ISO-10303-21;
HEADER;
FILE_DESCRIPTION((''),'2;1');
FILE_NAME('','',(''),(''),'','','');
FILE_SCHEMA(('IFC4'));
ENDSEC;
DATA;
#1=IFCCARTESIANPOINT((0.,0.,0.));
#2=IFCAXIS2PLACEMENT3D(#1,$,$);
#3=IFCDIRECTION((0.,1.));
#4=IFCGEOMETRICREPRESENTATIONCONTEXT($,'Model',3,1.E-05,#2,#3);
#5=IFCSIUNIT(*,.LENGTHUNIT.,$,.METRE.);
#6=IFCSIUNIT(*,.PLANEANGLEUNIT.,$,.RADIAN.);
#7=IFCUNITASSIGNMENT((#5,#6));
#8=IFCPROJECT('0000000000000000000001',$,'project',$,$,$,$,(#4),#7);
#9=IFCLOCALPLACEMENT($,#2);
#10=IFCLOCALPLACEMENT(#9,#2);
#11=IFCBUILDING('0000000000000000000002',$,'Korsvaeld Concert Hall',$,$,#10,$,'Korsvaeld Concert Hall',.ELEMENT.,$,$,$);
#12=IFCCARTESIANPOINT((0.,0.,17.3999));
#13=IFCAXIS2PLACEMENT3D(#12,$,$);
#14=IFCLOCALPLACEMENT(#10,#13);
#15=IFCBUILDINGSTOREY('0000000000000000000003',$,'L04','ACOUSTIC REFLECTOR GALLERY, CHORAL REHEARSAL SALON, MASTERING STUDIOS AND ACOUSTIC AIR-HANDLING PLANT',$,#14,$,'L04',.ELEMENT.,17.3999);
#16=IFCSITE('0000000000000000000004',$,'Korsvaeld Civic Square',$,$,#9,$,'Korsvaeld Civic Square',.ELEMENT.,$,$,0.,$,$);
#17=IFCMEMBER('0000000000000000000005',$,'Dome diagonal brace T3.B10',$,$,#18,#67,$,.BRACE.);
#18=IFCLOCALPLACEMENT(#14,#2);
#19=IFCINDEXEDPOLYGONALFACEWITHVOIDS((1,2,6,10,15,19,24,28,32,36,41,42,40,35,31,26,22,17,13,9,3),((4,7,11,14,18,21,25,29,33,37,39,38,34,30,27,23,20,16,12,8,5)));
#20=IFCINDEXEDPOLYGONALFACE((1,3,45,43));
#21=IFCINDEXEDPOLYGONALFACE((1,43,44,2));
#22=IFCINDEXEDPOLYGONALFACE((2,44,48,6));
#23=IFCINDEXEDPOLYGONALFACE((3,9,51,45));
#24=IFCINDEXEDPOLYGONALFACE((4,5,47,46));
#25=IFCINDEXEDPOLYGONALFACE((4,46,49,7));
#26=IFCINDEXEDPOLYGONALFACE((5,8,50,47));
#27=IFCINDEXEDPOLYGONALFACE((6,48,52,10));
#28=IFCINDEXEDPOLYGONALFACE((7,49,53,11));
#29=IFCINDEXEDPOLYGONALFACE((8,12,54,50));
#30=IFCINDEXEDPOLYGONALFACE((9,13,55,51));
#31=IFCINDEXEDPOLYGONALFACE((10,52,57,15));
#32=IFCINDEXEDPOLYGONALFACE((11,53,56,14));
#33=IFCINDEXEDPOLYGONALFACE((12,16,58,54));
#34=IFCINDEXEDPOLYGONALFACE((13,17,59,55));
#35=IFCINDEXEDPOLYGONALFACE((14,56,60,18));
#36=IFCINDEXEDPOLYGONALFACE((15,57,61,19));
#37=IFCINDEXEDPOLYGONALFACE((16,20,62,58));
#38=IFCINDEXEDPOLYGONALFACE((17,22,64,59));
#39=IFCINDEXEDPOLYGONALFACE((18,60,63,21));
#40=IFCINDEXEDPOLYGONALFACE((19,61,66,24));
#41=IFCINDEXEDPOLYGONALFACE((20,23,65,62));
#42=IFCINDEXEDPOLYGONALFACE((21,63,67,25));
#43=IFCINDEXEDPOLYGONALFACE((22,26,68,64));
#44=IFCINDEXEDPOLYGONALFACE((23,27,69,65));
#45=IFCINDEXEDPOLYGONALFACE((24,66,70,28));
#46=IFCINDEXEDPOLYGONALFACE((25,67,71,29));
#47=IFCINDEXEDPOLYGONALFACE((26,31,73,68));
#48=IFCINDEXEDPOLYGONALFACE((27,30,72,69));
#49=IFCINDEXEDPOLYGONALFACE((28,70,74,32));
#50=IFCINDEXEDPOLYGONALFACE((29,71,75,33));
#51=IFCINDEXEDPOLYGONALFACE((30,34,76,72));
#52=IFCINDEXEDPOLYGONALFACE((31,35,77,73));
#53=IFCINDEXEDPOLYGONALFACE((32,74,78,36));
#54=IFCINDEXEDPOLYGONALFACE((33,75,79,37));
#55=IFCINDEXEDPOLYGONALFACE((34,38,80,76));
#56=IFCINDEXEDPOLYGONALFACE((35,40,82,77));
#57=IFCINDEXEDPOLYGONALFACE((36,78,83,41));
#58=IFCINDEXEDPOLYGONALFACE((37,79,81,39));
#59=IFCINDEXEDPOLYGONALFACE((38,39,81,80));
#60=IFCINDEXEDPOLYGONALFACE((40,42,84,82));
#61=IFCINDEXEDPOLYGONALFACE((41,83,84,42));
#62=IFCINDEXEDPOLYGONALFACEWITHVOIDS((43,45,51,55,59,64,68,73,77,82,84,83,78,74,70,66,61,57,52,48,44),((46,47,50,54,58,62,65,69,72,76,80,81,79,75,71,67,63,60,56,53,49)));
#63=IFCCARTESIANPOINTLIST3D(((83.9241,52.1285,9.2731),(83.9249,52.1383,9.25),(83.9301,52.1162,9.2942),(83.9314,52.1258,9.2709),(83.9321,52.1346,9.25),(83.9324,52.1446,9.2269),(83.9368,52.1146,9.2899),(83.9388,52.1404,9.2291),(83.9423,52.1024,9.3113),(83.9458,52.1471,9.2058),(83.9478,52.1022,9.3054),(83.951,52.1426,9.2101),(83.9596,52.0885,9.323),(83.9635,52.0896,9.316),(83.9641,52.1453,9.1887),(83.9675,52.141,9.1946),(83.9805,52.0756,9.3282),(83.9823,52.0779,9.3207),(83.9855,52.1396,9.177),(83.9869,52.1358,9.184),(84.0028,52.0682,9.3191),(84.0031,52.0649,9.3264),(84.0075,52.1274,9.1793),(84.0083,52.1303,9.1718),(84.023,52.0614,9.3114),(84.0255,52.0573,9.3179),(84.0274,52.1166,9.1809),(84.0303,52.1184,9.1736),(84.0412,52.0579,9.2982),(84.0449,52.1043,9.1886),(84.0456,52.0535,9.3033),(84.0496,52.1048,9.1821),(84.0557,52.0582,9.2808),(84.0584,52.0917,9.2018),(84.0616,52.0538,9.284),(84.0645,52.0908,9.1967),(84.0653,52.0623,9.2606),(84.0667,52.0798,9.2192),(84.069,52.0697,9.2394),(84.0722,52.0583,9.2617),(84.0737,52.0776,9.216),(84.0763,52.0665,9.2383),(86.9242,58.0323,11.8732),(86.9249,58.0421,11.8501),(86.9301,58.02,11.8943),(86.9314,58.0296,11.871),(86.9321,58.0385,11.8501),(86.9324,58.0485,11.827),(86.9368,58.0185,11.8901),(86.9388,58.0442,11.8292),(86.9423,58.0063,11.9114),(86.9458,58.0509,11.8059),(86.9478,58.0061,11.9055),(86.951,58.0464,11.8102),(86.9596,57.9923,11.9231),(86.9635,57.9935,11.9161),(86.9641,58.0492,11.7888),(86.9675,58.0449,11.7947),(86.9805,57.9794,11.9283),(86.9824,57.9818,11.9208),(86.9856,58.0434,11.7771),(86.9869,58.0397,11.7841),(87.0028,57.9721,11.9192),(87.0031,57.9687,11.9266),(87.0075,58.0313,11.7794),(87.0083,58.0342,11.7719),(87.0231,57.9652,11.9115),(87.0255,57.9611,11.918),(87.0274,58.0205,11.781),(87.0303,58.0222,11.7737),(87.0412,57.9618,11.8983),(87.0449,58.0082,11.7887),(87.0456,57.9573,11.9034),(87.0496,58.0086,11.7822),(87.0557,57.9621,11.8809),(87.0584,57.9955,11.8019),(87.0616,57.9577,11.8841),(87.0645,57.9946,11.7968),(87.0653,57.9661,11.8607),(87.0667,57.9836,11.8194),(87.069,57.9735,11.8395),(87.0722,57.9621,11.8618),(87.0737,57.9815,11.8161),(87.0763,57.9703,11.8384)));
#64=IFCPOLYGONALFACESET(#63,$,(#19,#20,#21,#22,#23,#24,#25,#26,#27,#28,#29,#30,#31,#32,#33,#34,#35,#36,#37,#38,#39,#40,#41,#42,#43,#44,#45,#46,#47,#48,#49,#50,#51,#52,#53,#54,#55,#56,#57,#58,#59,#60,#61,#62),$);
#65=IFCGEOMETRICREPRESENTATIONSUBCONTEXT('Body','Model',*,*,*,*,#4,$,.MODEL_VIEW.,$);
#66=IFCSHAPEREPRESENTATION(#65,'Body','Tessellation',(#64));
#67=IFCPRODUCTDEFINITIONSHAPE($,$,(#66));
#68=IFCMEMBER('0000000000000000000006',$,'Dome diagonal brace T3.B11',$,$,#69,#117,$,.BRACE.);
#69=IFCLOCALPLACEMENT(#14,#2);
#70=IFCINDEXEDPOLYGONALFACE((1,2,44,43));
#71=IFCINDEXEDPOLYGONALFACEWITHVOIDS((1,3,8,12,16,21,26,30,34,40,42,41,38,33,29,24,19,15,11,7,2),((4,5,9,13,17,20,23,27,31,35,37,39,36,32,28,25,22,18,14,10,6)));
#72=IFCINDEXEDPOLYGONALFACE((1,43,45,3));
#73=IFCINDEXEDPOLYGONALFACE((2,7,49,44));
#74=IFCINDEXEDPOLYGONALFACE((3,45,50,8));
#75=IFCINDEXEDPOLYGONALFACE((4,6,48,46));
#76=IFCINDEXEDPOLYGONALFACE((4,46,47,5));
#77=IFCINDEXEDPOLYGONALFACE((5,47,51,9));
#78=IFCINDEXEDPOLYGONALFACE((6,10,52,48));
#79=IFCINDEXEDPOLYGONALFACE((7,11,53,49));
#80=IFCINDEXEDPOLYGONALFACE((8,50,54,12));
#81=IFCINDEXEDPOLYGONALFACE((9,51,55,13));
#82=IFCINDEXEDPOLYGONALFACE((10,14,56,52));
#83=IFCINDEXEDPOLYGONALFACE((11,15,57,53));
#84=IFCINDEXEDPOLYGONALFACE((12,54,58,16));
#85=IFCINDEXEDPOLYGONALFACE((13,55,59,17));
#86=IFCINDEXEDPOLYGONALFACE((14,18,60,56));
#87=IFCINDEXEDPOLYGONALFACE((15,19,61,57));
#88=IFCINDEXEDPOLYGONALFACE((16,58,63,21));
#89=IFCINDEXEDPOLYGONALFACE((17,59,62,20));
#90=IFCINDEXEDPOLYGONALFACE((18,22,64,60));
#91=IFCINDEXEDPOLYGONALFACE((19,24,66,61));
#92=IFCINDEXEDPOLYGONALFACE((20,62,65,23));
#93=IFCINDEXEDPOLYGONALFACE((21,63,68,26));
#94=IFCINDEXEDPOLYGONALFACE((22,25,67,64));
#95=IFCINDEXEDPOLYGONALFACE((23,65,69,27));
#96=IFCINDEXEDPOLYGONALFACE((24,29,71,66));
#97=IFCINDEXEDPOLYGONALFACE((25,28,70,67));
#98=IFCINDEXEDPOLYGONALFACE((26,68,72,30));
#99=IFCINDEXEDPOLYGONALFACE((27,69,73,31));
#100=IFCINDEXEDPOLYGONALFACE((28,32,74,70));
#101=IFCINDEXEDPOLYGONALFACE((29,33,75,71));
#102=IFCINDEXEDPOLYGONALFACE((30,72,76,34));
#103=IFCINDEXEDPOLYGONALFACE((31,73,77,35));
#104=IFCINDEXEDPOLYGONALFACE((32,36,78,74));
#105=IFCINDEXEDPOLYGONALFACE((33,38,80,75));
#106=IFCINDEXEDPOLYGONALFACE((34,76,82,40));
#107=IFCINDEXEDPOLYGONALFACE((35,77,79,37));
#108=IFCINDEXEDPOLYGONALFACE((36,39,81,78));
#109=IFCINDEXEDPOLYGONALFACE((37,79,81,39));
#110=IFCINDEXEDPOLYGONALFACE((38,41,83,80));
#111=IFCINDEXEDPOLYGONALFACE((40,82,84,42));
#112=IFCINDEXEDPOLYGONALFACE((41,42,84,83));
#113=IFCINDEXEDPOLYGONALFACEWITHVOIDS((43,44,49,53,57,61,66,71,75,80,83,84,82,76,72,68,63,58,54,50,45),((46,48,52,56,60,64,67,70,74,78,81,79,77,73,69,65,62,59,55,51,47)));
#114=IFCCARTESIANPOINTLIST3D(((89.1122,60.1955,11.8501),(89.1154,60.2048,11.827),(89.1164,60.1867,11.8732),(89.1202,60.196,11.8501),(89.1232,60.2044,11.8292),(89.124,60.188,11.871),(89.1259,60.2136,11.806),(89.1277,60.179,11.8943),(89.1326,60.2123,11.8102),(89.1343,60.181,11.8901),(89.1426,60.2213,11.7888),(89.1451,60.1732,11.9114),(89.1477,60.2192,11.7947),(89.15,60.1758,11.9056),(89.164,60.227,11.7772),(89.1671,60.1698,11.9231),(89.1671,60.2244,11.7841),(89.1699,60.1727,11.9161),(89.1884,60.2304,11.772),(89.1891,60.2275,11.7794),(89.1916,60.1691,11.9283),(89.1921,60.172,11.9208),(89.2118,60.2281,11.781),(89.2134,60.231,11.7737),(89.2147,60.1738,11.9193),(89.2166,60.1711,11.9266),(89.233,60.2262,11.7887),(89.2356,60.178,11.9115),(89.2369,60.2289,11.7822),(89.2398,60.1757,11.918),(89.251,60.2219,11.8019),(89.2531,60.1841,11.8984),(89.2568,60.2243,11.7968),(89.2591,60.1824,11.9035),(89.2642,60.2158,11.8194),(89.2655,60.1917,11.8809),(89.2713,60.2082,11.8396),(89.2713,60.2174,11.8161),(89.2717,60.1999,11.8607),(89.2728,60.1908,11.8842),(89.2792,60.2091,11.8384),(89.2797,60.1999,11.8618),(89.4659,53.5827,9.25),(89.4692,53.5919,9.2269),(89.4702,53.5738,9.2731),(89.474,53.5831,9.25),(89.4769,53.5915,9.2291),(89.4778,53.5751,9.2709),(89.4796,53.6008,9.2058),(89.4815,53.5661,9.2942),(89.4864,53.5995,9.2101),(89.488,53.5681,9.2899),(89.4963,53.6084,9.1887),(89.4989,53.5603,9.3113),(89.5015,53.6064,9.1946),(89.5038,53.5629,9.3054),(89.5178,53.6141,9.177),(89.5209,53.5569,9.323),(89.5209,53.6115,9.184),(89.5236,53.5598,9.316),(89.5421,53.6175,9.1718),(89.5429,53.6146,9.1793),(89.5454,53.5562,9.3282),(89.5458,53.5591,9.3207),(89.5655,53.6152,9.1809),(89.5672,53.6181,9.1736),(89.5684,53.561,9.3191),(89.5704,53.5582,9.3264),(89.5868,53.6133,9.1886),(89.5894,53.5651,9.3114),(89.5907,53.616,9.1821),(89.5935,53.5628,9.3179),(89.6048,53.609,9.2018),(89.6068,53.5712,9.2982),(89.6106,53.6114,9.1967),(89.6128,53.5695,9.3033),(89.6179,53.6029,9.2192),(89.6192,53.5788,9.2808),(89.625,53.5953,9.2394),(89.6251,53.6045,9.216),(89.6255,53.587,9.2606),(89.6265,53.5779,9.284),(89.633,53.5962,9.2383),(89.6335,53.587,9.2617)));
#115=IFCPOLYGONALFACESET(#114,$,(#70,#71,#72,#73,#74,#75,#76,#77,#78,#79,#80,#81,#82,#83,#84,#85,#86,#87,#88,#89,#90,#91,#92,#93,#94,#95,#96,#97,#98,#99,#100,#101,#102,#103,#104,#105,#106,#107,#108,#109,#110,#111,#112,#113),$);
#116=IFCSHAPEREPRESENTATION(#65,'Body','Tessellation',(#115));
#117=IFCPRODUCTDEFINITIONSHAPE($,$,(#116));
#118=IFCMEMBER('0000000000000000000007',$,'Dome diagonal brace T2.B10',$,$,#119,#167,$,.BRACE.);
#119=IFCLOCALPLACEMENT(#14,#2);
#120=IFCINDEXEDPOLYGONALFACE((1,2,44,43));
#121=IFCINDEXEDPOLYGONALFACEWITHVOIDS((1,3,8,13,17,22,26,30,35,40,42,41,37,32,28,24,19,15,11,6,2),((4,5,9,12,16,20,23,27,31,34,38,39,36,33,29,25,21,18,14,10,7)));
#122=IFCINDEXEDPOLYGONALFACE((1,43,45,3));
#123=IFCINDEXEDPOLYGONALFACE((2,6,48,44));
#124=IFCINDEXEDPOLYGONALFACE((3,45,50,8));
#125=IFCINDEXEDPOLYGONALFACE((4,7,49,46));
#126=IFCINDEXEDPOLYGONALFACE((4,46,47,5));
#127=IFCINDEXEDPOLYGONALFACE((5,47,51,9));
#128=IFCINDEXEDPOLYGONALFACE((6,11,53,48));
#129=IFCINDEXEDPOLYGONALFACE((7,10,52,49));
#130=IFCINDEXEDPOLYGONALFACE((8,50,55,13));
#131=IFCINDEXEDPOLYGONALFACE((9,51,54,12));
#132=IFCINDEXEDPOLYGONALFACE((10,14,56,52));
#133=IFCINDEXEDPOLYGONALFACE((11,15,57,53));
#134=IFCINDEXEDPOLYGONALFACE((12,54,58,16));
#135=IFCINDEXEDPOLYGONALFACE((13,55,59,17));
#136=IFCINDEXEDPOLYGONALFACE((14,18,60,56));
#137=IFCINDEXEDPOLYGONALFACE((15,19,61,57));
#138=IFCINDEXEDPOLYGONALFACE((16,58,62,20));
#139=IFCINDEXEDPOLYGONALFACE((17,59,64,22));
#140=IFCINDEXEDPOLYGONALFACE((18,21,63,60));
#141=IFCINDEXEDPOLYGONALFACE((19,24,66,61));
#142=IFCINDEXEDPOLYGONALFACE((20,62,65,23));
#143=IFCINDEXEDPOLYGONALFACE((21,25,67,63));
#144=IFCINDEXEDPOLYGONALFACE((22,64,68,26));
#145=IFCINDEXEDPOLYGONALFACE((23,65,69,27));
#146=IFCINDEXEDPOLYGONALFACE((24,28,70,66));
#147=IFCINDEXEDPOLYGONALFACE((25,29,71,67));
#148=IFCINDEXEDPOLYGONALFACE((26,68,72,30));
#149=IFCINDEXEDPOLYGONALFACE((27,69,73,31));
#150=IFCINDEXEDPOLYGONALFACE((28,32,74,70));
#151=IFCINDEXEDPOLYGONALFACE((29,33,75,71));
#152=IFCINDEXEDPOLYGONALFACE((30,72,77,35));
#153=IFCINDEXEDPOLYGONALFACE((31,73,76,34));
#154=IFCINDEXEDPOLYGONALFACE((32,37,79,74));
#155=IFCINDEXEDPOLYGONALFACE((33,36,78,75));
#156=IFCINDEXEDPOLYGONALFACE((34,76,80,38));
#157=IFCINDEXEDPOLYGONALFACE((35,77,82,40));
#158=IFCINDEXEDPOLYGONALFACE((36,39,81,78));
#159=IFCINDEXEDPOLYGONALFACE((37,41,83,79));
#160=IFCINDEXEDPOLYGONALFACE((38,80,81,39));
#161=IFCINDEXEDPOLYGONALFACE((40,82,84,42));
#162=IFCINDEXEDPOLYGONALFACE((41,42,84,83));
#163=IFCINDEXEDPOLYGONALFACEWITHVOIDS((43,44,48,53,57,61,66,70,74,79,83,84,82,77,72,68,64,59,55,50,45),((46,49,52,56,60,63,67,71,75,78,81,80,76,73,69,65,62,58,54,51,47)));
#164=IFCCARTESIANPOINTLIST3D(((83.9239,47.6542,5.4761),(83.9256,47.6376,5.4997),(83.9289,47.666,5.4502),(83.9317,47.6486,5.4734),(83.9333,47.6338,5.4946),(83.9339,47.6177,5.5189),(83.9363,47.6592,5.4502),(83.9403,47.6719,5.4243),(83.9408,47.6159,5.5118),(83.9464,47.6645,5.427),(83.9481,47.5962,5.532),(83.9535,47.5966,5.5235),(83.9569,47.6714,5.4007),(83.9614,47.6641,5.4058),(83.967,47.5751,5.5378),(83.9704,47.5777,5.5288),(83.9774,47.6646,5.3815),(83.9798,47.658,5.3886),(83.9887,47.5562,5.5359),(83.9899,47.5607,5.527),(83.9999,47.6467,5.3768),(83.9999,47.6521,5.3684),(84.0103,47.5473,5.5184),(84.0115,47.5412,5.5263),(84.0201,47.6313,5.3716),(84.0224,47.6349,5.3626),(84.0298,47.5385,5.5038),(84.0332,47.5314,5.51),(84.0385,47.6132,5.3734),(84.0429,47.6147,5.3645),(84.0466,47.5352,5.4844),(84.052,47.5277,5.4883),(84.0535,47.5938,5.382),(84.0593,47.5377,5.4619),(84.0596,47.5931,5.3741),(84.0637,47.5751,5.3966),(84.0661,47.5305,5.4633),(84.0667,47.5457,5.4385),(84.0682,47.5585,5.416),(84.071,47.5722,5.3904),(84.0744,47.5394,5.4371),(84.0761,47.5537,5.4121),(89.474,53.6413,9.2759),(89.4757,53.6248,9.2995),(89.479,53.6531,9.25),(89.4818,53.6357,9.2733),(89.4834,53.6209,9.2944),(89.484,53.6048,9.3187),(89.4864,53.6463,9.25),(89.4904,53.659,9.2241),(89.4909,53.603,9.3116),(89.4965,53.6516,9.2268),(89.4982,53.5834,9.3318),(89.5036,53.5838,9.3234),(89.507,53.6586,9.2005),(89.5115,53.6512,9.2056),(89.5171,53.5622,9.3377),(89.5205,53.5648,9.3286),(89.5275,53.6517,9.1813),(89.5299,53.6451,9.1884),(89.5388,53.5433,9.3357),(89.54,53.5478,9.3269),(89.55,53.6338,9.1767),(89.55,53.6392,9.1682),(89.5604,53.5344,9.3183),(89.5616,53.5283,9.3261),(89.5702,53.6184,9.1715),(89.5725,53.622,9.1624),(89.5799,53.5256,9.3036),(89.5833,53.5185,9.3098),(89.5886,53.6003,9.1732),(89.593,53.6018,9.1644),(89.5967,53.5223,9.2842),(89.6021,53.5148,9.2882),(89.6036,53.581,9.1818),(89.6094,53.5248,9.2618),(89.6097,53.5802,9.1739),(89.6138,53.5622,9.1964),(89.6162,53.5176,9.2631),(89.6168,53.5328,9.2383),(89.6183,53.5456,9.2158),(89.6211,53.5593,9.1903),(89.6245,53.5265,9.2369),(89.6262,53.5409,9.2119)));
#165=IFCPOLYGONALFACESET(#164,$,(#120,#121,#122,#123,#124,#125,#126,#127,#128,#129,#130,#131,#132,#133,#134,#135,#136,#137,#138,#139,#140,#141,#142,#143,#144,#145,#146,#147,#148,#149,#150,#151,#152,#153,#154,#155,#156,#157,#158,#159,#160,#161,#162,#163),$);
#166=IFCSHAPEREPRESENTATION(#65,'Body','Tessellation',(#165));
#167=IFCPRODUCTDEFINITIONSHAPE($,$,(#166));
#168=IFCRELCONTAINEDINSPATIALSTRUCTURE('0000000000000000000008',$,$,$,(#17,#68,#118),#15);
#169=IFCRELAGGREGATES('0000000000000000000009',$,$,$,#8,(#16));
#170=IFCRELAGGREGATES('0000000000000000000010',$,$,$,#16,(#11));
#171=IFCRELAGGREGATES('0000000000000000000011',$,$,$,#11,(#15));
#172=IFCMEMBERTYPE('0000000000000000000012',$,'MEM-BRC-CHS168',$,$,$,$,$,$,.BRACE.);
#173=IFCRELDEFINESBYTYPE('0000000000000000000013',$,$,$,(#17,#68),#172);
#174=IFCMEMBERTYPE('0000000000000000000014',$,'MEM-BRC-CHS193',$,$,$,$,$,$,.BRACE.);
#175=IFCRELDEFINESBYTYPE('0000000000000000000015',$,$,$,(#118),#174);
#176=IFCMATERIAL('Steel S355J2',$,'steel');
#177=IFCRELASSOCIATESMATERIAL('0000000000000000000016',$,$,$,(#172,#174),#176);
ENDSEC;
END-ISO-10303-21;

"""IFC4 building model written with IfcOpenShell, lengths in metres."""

from ifc_helpers import new_model, si_unit, direction, frame, origin, origin_2d, place, context, subcontext, project, spatial, hollow_circle, extrude, material, material_profile, profile_set, type_object, element, save


model = new_model("IFC4")

# Units and contexts
model_context = context("Model", 3, precision=1e-05, world=origin(), true_north=direction((0.0, 1.0)))
body_context = subcontext(model_context, "Body", "Model", "MODEL_VIEW")
ifc_project = project(units=[si_unit("LENGTHUNIT", "METRE"), si_unit("PLANEANGLEUNIT", "RADIAN")], contexts=[model_context])

# Site, building, storey
site_placement = place(None, origin())
site = spatial("IfcSite", under=ifc_project, at=site_placement, Name="Korsvaeld Civic Square", LongName="Korsvaeld Civic Square", CompositionType="ELEMENT", RefElevation=0.0)
building_placement = place(site_placement, origin())
building = spatial("IfcBuilding", under=site, at=building_placement, Name="Korsvaeld Concert Hall", LongName="Korsvaeld Concert Hall", CompositionType="ELEMENT")
storey_placement = place(building_placement, frame((0.0, 0.0, 17.3999)))
storey = spatial("IfcBuildingStorey", under=building, at=storey_placement, Name="L04", Description="ACOUSTIC REFLECTOR GALLERY, CHORAL REHEARSAL SALON, MASTERING STUDIOS AND ACOUSTIC AIR-HANDLING PLANT", LongName="L04", CompositionType="ELEMENT", Elevation=17.3999)

# Shared definitions
ifc_material_1 = material(Name="Steel S355J2", Category="steel")

# Members
ifc_material_profile_1 = material_profile(ifc_material_1, hollow_circle(Radius=0.0842, WallThickness=0.0081, at=origin_2d()), Name="CHS 168.3x8")
ifc_profile_set_1 = profile_set([ifc_material_profile_1], Name="Steel S355J2")
member_type_1 = type_object("IfcMemberType", Name="MEM-BRC-CHS168", PredefinedType="BRACE", material=ifc_profile_set_1)
for number, where, z_axis, x_axis, name in (
    (1, (84.0, 52.1001, 9.25), (0.421677, 0.829833, 0.365467), (-0.891503, 0.453014, 0.0), "Dome diagonal brace T3.B10"),
    (2, (89.55, 53.5872, 9.25), (-0.049724, 0.929494, 0.36547), (-0.998572, -0.05342, 0.0), "Dome diagonal brace T3.B11"),
):
    element("IfcMember", number, at=place(storey_placement, frame(where, z_axis=z_axis, x_axis=x_axis)), inside=storey, type_object=member_type_1, Name=name, PredefinedType="BRACE", context=body_context, shape_type="SweptSolid", body=[
        extrude(hollow_circle(Radius=0.0842, WallThickness=0.0081, at=origin_2d()), origin(), (0.0, 0.0, 1.0), 7.1145),
    ])
ifc_material_profile_2 = material_profile(ifc_material_1, hollow_circle(Radius=0.0969, WallThickness=0.01, at=origin_2d()), Name="CHS 193.7x10")
ifc_profile_set_2 = profile_set([ifc_material_profile_2], Name="Steel S355J2")
member_type_2 = type_object("IfcMemberType", Name="MEM-BRC-CHS193", PredefinedType="BRACE", material=ifc_profile_set_2)
member_1_placement = place(storey_placement, frame((84.0, 47.6001, 5.4502), z_axis=(0.616343, 0.664874, 0.421975), x_axis=(-0.733365, 0.679835, 0.0)))
element("IfcMember", 3, at=member_1_placement, inside=storey, type_object=member_type_2, Name="Dome diagonal brace T2.B10", PredefinedType="BRACE", context=body_context, shape_type="SweptSolid", body=[
    extrude(hollow_circle(Radius=0.0969, WallThickness=0.01, at=origin_2d()), origin(), (0.0, 0.0, 1.0), 9.0049),
])

save(model, "model.ifc")
